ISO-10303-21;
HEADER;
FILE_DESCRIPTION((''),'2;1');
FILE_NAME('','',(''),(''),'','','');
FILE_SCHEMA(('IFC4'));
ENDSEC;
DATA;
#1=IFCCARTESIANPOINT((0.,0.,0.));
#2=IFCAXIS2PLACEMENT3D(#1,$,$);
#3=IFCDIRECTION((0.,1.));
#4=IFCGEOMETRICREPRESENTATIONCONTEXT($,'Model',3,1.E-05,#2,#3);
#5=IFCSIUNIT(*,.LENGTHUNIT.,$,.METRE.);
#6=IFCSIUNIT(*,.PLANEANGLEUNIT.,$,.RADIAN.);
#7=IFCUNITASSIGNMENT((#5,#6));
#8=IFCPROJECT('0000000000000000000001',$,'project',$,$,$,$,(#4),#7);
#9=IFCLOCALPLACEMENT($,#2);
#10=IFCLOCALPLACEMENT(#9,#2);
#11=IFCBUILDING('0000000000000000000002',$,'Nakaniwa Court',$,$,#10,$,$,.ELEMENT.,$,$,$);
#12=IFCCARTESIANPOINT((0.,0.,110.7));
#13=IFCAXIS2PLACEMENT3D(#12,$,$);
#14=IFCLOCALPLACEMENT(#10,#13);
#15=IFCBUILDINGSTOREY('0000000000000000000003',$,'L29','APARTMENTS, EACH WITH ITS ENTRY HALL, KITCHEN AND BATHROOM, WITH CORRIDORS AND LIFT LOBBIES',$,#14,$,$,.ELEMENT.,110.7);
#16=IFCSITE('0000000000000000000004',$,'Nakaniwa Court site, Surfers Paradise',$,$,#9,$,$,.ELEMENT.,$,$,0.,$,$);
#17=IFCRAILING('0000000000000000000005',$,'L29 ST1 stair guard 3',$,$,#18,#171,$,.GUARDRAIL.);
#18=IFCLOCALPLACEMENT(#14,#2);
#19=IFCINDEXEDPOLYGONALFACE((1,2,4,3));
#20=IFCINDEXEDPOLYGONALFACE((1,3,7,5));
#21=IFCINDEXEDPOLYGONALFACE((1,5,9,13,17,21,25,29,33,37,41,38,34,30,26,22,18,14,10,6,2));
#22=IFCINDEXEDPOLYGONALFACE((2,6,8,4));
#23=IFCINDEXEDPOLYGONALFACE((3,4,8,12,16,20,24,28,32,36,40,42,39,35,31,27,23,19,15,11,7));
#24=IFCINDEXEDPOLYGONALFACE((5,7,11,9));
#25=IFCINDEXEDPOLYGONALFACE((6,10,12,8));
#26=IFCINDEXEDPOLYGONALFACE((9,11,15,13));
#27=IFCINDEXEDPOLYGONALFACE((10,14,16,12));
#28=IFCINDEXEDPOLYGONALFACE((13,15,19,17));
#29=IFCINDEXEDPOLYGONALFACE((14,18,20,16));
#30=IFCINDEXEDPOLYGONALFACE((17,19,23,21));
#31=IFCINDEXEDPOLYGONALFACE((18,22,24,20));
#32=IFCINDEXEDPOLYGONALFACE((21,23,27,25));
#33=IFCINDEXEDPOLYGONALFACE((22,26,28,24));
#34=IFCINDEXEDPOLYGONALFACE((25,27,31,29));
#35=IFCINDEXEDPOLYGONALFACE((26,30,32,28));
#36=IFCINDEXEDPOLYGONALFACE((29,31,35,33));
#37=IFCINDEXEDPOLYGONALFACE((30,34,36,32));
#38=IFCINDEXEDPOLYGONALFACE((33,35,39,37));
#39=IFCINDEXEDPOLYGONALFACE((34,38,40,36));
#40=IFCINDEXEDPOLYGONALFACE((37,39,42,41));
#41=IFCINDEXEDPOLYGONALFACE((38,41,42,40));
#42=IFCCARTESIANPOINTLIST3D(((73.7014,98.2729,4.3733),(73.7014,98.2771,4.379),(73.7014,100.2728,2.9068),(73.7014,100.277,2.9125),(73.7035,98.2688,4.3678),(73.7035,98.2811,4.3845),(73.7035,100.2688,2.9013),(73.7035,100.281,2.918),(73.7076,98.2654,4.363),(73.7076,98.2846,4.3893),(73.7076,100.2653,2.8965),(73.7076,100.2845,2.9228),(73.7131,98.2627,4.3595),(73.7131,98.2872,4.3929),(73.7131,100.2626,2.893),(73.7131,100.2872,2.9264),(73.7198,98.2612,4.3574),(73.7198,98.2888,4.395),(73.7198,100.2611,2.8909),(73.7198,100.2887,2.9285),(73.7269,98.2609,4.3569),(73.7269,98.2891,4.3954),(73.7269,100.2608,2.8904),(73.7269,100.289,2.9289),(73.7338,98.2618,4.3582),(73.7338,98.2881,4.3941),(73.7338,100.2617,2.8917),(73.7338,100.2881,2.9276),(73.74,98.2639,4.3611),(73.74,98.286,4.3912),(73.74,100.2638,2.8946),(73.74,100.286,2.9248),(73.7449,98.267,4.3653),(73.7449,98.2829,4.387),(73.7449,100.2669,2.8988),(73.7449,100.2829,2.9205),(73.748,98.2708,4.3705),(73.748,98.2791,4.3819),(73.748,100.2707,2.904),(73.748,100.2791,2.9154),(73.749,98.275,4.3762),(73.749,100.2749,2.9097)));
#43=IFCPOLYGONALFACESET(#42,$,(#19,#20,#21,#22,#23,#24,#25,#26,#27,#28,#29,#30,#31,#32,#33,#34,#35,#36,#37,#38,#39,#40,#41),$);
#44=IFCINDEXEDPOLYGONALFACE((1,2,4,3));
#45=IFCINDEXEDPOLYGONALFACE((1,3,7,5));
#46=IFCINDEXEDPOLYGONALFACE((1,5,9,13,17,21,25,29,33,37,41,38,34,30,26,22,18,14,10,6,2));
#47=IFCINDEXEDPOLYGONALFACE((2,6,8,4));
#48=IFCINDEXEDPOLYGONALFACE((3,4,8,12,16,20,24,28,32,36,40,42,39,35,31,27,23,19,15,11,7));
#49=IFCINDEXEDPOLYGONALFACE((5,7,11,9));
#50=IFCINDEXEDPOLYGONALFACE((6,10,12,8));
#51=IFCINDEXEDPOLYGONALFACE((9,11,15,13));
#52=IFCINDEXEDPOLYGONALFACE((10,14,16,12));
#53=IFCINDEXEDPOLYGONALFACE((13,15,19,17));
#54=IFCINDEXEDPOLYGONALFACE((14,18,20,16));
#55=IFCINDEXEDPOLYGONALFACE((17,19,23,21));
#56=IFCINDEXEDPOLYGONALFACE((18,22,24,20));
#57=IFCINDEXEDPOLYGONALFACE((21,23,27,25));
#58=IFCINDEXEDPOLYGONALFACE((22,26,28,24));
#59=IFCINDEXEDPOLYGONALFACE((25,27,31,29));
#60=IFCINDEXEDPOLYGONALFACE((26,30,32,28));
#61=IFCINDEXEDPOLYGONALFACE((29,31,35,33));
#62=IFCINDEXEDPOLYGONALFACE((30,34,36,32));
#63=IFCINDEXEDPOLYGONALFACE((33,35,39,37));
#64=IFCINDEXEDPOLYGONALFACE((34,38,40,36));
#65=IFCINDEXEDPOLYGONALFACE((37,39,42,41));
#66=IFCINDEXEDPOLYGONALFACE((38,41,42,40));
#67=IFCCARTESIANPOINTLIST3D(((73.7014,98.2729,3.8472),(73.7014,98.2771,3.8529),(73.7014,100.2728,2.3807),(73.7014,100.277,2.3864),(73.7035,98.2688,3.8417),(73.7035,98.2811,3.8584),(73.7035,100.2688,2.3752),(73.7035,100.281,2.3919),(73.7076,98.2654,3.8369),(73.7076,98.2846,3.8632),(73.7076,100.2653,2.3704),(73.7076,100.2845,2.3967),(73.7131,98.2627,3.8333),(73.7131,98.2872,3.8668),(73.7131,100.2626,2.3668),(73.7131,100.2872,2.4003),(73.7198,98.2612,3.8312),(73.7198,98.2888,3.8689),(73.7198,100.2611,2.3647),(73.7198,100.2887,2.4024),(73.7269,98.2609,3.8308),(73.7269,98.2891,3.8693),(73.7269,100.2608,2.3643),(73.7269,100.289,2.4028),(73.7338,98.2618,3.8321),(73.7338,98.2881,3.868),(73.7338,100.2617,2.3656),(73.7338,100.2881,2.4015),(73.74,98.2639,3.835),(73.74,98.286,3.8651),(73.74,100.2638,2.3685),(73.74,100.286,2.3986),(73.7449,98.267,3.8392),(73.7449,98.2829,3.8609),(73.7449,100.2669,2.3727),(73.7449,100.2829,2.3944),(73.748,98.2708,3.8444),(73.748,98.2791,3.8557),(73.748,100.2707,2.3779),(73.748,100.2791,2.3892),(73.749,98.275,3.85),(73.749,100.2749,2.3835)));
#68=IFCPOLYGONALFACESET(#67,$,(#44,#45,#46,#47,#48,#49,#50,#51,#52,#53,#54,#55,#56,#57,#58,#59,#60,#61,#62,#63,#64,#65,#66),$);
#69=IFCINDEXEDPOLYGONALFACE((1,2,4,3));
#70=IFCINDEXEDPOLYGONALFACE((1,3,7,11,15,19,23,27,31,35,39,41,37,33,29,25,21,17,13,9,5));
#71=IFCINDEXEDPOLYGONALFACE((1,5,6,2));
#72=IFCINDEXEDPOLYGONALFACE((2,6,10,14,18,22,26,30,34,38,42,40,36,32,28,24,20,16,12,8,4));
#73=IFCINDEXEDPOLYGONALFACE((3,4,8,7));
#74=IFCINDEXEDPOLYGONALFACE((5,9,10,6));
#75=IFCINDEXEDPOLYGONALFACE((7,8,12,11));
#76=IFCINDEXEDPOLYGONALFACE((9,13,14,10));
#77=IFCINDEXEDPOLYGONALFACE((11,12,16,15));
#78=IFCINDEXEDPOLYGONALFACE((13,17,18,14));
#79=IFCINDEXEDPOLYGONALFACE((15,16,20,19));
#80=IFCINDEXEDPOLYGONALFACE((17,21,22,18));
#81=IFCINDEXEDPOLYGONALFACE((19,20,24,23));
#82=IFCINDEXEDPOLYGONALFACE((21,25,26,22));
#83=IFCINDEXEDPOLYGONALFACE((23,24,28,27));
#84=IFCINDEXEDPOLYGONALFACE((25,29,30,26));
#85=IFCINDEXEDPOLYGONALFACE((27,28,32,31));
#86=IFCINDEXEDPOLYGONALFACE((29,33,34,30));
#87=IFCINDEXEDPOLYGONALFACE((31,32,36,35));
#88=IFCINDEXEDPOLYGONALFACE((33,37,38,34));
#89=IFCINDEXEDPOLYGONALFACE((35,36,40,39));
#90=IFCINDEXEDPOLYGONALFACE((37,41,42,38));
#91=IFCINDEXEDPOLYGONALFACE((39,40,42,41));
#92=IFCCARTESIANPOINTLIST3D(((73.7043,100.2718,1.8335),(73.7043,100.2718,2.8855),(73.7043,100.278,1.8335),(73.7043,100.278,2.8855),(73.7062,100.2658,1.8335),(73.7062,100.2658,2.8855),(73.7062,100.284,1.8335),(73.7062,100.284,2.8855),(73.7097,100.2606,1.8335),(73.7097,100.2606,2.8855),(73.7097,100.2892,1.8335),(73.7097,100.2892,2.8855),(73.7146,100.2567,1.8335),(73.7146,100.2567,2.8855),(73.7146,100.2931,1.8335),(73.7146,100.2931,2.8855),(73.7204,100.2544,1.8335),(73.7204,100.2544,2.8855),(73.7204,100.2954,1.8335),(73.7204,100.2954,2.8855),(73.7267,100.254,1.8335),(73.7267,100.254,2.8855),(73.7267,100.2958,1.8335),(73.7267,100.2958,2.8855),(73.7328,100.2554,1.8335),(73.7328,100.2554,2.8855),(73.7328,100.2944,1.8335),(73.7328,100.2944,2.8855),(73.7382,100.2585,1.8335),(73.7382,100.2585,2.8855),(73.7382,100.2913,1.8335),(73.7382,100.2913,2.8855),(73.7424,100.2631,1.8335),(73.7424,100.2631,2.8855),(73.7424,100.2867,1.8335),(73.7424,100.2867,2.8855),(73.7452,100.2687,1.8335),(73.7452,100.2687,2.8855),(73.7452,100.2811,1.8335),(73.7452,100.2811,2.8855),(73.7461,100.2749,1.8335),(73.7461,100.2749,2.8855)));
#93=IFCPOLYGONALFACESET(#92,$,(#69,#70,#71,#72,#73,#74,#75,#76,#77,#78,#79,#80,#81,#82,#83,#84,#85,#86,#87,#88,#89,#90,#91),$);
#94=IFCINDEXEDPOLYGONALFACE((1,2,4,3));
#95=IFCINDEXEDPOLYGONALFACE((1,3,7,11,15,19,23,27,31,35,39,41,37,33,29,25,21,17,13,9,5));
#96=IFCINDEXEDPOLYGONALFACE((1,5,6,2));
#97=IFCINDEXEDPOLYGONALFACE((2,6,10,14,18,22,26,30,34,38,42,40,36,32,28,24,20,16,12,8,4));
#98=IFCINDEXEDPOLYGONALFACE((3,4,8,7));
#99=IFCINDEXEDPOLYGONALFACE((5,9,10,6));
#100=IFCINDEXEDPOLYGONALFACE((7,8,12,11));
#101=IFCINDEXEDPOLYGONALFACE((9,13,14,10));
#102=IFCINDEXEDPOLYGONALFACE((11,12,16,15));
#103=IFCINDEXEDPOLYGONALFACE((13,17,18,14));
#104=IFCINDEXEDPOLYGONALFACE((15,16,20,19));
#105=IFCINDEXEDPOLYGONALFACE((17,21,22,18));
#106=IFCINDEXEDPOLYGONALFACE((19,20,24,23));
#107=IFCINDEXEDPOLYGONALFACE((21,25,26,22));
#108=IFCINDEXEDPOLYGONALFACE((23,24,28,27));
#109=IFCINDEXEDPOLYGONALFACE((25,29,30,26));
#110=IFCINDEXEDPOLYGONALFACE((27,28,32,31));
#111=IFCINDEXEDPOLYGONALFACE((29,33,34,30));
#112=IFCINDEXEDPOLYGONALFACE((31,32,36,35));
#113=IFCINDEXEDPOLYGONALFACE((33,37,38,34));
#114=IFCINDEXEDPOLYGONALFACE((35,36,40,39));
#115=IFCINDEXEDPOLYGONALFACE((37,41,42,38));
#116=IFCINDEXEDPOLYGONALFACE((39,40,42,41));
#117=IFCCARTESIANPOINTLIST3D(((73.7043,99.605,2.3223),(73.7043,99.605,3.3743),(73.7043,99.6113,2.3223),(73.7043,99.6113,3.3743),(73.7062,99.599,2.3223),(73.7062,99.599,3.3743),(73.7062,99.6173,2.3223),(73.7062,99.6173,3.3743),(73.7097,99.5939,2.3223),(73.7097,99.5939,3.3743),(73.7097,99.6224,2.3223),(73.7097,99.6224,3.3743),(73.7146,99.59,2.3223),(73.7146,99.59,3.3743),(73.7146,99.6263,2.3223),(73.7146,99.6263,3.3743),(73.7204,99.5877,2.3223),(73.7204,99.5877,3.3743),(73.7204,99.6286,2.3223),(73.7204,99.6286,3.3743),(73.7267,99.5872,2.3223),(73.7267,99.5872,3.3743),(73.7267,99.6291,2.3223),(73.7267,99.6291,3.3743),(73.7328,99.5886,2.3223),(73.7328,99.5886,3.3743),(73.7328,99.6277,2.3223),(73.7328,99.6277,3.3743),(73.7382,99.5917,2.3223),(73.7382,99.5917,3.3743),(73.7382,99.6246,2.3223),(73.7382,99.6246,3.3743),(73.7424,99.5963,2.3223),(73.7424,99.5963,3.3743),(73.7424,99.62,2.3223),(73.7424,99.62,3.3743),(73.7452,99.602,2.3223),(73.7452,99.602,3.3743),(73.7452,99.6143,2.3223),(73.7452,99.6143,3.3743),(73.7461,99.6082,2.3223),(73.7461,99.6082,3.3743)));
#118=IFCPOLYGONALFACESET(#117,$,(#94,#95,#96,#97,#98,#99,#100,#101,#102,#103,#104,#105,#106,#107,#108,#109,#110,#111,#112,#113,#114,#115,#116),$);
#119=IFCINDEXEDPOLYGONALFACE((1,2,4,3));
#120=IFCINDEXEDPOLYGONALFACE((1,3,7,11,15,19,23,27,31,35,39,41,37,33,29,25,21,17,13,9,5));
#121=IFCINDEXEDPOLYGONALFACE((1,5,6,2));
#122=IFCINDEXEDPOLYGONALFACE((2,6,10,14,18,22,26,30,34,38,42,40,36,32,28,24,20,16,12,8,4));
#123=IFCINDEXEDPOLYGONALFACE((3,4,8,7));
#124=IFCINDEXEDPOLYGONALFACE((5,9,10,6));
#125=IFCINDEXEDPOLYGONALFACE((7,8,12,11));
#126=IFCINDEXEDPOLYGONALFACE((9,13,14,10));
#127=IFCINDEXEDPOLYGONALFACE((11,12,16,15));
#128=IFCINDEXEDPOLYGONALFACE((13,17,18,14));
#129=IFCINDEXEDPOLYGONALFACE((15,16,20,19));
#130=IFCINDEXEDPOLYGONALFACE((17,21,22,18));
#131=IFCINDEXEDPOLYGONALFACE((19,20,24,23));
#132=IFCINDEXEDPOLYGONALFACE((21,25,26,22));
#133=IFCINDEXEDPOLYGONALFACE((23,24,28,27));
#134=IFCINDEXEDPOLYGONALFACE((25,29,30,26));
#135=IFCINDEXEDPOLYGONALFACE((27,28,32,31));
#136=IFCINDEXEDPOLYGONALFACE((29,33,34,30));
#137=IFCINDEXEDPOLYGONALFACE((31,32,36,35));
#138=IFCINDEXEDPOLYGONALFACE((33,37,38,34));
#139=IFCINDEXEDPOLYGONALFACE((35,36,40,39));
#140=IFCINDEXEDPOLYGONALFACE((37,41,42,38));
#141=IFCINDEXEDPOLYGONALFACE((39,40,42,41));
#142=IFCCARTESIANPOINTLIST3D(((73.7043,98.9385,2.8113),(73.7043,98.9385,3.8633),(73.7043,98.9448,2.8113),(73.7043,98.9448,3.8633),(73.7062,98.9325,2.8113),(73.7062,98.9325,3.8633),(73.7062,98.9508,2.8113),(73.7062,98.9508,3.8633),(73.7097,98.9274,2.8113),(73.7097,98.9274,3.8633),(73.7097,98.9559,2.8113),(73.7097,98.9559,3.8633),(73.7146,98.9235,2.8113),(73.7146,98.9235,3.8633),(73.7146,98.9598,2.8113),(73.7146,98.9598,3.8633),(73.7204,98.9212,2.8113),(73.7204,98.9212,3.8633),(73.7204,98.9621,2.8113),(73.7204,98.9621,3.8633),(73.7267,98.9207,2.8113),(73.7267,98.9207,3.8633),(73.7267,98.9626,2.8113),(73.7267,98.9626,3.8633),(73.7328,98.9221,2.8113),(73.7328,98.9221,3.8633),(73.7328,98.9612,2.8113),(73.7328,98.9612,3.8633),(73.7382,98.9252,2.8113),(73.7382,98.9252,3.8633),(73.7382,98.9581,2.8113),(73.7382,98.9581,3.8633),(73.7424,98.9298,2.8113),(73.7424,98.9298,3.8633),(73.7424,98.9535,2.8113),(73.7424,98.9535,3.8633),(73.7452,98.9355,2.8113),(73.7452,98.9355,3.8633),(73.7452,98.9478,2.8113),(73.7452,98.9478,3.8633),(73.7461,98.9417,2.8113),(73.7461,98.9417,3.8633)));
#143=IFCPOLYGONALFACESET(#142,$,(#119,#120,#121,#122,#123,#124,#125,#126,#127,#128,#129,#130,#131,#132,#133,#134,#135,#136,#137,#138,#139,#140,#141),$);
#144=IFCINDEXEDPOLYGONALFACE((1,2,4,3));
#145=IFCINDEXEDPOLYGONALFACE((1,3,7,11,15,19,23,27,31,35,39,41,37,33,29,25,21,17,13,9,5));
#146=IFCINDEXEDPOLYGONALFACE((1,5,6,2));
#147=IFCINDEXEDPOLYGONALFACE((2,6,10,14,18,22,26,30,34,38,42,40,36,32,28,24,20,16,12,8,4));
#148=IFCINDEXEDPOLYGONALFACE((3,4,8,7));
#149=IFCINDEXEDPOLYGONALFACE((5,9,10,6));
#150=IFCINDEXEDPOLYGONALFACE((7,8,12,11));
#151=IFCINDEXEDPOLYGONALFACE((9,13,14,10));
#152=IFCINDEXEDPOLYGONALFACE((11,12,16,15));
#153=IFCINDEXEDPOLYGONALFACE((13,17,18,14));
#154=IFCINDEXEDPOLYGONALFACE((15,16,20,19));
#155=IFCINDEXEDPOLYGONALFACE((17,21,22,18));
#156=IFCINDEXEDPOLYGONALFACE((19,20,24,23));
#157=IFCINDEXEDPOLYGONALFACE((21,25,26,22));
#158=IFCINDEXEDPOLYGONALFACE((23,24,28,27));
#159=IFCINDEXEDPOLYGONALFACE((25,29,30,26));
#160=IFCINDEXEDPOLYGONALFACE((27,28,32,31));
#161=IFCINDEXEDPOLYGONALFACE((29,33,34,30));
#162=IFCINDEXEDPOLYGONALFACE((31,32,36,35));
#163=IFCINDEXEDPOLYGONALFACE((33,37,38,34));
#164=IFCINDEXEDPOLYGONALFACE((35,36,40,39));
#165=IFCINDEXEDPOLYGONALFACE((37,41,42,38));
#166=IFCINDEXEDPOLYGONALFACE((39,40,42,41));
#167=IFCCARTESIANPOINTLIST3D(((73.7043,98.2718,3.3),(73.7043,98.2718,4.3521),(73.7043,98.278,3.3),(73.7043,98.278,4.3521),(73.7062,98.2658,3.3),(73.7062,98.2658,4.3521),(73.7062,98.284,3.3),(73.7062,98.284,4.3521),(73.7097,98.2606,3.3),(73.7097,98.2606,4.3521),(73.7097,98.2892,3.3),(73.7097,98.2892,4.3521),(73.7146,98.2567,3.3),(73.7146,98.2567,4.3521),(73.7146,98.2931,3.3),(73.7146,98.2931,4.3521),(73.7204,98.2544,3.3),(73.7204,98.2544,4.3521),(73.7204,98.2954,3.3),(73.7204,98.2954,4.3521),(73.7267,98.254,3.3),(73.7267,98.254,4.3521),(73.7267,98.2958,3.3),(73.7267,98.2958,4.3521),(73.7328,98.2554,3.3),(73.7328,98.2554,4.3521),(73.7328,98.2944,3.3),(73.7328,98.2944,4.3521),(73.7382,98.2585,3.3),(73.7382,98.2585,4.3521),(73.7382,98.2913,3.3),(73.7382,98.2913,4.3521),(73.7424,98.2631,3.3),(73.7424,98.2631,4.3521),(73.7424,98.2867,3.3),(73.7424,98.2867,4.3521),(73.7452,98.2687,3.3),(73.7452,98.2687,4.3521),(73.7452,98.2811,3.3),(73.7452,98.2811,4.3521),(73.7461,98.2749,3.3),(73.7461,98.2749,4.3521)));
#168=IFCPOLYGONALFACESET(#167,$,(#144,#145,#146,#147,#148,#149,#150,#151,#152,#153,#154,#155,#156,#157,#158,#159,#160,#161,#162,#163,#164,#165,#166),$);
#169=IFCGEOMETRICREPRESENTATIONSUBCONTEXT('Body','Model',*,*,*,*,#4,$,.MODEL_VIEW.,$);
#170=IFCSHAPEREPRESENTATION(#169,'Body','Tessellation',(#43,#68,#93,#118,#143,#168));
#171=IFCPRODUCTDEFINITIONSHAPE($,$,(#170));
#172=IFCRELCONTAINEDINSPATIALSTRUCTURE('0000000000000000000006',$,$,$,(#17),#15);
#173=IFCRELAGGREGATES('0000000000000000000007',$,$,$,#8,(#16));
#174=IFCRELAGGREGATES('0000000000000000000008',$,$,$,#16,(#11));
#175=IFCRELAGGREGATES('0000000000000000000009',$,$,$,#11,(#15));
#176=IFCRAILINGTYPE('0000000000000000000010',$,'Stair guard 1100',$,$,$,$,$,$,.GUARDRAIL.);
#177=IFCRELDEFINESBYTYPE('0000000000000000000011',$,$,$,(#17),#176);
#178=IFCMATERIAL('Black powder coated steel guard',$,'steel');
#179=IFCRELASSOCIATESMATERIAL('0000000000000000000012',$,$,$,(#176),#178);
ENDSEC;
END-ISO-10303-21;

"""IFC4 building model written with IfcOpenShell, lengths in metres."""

from ifc_helpers import new_model, si_unit, direction, frame, origin, origin_2d, place, context, subcontext, project, spatial, circle, extrude, material, type_object, element, save


model = new_model("IFC4")

# Units and contexts
model_context = context("Model", 3, precision=1e-05, world=origin(), true_north=direction((0.0, 1.0)))
body_context = subcontext(model_context, "Body", "Model", "MODEL_VIEW")
ifc_project = project(units=[si_unit("LENGTHUNIT", "METRE"), si_unit("PLANEANGLEUNIT", "RADIAN")], contexts=[model_context])

# Site, building, storey
site_placement = place(None, origin())
site = spatial("IfcSite", under=ifc_project, at=site_placement, Name="Nakaniwa Court site, Surfers Paradise", CompositionType="ELEMENT", RefElevation=0.0)
building_placement = place(site_placement, origin())
building = spatial("IfcBuilding", under=site, at=building_placement, Name="Nakaniwa Court", CompositionType="ELEMENT")
storey_placement = place(building_placement, frame((0.0, 0.0, 110.7)))
storey = spatial("IfcBuildingStorey", under=building, at=storey_placement, Name="L29", Description="APARTMENTS, EACH WITH ITS ENTRY HALL, KITCHEN AND BATHROOM, WITH CORRIDORS AND LIFT LOBBIES", CompositionType="ELEMENT", Elevation=110.7)

# Railing
ifc_material_1 = material(Name="Black powder coated steel guard", Category="steel")
railing_type_1 = type_object("IfcRailingType", Name="Stair guard 1100", PredefinedType="GUARDRAIL", material=ifc_material_1)
railing_1_placement = place(storey_placement, frame((73.7251, 100.2749, 1.8335)))
element("IfcRailing", 1, at=railing_1_placement, inside=storey, type_object=railing_type_1, Name="L29 ST1 stair guard 3", PredefinedType="GUARDRAIL", context=body_context, shape_type="SweptSolid", body=[
    extrude(circle(Radius=0.0239, at=origin_2d()), frame((0.0, 0.0, 1.0762), z_axis=(0.0, -0.806427, 0.591334), x_axis=(1.0, 0.0, 0.0)), (0.0, 0.0, 1.0), 2.48),
    extrude(circle(Radius=0.0239, at=origin_2d()), frame((0.0, 0.0, 0.55), z_axis=(0.0, -0.806427, 0.591334), x_axis=(1.0, 0.0, 0.0)), (0.0, 0.0, 1.0), 2.48),
    extrude(circle(Radius=0.021, at=origin_2d()), origin(), (0.0, 0.0, 1.0), 1.052),
    extrude(circle(Radius=0.021, at=origin_2d()), frame((0.0, -0.6667, 0.4888)), (0.0, 0.0, 1.0), 1.052),
    extrude(circle(Radius=0.021, at=origin_2d()), frame((0.0, -1.3333, 0.9778)), (0.0, 0.0, 1.0), 1.052),
    extrude(circle(Radius=0.021, at=origin_2d()), frame((0.0, -2.0, 1.4666)), (0.0, 0.0, 1.0), 1.052),
])

save(model, "model.ifc")
